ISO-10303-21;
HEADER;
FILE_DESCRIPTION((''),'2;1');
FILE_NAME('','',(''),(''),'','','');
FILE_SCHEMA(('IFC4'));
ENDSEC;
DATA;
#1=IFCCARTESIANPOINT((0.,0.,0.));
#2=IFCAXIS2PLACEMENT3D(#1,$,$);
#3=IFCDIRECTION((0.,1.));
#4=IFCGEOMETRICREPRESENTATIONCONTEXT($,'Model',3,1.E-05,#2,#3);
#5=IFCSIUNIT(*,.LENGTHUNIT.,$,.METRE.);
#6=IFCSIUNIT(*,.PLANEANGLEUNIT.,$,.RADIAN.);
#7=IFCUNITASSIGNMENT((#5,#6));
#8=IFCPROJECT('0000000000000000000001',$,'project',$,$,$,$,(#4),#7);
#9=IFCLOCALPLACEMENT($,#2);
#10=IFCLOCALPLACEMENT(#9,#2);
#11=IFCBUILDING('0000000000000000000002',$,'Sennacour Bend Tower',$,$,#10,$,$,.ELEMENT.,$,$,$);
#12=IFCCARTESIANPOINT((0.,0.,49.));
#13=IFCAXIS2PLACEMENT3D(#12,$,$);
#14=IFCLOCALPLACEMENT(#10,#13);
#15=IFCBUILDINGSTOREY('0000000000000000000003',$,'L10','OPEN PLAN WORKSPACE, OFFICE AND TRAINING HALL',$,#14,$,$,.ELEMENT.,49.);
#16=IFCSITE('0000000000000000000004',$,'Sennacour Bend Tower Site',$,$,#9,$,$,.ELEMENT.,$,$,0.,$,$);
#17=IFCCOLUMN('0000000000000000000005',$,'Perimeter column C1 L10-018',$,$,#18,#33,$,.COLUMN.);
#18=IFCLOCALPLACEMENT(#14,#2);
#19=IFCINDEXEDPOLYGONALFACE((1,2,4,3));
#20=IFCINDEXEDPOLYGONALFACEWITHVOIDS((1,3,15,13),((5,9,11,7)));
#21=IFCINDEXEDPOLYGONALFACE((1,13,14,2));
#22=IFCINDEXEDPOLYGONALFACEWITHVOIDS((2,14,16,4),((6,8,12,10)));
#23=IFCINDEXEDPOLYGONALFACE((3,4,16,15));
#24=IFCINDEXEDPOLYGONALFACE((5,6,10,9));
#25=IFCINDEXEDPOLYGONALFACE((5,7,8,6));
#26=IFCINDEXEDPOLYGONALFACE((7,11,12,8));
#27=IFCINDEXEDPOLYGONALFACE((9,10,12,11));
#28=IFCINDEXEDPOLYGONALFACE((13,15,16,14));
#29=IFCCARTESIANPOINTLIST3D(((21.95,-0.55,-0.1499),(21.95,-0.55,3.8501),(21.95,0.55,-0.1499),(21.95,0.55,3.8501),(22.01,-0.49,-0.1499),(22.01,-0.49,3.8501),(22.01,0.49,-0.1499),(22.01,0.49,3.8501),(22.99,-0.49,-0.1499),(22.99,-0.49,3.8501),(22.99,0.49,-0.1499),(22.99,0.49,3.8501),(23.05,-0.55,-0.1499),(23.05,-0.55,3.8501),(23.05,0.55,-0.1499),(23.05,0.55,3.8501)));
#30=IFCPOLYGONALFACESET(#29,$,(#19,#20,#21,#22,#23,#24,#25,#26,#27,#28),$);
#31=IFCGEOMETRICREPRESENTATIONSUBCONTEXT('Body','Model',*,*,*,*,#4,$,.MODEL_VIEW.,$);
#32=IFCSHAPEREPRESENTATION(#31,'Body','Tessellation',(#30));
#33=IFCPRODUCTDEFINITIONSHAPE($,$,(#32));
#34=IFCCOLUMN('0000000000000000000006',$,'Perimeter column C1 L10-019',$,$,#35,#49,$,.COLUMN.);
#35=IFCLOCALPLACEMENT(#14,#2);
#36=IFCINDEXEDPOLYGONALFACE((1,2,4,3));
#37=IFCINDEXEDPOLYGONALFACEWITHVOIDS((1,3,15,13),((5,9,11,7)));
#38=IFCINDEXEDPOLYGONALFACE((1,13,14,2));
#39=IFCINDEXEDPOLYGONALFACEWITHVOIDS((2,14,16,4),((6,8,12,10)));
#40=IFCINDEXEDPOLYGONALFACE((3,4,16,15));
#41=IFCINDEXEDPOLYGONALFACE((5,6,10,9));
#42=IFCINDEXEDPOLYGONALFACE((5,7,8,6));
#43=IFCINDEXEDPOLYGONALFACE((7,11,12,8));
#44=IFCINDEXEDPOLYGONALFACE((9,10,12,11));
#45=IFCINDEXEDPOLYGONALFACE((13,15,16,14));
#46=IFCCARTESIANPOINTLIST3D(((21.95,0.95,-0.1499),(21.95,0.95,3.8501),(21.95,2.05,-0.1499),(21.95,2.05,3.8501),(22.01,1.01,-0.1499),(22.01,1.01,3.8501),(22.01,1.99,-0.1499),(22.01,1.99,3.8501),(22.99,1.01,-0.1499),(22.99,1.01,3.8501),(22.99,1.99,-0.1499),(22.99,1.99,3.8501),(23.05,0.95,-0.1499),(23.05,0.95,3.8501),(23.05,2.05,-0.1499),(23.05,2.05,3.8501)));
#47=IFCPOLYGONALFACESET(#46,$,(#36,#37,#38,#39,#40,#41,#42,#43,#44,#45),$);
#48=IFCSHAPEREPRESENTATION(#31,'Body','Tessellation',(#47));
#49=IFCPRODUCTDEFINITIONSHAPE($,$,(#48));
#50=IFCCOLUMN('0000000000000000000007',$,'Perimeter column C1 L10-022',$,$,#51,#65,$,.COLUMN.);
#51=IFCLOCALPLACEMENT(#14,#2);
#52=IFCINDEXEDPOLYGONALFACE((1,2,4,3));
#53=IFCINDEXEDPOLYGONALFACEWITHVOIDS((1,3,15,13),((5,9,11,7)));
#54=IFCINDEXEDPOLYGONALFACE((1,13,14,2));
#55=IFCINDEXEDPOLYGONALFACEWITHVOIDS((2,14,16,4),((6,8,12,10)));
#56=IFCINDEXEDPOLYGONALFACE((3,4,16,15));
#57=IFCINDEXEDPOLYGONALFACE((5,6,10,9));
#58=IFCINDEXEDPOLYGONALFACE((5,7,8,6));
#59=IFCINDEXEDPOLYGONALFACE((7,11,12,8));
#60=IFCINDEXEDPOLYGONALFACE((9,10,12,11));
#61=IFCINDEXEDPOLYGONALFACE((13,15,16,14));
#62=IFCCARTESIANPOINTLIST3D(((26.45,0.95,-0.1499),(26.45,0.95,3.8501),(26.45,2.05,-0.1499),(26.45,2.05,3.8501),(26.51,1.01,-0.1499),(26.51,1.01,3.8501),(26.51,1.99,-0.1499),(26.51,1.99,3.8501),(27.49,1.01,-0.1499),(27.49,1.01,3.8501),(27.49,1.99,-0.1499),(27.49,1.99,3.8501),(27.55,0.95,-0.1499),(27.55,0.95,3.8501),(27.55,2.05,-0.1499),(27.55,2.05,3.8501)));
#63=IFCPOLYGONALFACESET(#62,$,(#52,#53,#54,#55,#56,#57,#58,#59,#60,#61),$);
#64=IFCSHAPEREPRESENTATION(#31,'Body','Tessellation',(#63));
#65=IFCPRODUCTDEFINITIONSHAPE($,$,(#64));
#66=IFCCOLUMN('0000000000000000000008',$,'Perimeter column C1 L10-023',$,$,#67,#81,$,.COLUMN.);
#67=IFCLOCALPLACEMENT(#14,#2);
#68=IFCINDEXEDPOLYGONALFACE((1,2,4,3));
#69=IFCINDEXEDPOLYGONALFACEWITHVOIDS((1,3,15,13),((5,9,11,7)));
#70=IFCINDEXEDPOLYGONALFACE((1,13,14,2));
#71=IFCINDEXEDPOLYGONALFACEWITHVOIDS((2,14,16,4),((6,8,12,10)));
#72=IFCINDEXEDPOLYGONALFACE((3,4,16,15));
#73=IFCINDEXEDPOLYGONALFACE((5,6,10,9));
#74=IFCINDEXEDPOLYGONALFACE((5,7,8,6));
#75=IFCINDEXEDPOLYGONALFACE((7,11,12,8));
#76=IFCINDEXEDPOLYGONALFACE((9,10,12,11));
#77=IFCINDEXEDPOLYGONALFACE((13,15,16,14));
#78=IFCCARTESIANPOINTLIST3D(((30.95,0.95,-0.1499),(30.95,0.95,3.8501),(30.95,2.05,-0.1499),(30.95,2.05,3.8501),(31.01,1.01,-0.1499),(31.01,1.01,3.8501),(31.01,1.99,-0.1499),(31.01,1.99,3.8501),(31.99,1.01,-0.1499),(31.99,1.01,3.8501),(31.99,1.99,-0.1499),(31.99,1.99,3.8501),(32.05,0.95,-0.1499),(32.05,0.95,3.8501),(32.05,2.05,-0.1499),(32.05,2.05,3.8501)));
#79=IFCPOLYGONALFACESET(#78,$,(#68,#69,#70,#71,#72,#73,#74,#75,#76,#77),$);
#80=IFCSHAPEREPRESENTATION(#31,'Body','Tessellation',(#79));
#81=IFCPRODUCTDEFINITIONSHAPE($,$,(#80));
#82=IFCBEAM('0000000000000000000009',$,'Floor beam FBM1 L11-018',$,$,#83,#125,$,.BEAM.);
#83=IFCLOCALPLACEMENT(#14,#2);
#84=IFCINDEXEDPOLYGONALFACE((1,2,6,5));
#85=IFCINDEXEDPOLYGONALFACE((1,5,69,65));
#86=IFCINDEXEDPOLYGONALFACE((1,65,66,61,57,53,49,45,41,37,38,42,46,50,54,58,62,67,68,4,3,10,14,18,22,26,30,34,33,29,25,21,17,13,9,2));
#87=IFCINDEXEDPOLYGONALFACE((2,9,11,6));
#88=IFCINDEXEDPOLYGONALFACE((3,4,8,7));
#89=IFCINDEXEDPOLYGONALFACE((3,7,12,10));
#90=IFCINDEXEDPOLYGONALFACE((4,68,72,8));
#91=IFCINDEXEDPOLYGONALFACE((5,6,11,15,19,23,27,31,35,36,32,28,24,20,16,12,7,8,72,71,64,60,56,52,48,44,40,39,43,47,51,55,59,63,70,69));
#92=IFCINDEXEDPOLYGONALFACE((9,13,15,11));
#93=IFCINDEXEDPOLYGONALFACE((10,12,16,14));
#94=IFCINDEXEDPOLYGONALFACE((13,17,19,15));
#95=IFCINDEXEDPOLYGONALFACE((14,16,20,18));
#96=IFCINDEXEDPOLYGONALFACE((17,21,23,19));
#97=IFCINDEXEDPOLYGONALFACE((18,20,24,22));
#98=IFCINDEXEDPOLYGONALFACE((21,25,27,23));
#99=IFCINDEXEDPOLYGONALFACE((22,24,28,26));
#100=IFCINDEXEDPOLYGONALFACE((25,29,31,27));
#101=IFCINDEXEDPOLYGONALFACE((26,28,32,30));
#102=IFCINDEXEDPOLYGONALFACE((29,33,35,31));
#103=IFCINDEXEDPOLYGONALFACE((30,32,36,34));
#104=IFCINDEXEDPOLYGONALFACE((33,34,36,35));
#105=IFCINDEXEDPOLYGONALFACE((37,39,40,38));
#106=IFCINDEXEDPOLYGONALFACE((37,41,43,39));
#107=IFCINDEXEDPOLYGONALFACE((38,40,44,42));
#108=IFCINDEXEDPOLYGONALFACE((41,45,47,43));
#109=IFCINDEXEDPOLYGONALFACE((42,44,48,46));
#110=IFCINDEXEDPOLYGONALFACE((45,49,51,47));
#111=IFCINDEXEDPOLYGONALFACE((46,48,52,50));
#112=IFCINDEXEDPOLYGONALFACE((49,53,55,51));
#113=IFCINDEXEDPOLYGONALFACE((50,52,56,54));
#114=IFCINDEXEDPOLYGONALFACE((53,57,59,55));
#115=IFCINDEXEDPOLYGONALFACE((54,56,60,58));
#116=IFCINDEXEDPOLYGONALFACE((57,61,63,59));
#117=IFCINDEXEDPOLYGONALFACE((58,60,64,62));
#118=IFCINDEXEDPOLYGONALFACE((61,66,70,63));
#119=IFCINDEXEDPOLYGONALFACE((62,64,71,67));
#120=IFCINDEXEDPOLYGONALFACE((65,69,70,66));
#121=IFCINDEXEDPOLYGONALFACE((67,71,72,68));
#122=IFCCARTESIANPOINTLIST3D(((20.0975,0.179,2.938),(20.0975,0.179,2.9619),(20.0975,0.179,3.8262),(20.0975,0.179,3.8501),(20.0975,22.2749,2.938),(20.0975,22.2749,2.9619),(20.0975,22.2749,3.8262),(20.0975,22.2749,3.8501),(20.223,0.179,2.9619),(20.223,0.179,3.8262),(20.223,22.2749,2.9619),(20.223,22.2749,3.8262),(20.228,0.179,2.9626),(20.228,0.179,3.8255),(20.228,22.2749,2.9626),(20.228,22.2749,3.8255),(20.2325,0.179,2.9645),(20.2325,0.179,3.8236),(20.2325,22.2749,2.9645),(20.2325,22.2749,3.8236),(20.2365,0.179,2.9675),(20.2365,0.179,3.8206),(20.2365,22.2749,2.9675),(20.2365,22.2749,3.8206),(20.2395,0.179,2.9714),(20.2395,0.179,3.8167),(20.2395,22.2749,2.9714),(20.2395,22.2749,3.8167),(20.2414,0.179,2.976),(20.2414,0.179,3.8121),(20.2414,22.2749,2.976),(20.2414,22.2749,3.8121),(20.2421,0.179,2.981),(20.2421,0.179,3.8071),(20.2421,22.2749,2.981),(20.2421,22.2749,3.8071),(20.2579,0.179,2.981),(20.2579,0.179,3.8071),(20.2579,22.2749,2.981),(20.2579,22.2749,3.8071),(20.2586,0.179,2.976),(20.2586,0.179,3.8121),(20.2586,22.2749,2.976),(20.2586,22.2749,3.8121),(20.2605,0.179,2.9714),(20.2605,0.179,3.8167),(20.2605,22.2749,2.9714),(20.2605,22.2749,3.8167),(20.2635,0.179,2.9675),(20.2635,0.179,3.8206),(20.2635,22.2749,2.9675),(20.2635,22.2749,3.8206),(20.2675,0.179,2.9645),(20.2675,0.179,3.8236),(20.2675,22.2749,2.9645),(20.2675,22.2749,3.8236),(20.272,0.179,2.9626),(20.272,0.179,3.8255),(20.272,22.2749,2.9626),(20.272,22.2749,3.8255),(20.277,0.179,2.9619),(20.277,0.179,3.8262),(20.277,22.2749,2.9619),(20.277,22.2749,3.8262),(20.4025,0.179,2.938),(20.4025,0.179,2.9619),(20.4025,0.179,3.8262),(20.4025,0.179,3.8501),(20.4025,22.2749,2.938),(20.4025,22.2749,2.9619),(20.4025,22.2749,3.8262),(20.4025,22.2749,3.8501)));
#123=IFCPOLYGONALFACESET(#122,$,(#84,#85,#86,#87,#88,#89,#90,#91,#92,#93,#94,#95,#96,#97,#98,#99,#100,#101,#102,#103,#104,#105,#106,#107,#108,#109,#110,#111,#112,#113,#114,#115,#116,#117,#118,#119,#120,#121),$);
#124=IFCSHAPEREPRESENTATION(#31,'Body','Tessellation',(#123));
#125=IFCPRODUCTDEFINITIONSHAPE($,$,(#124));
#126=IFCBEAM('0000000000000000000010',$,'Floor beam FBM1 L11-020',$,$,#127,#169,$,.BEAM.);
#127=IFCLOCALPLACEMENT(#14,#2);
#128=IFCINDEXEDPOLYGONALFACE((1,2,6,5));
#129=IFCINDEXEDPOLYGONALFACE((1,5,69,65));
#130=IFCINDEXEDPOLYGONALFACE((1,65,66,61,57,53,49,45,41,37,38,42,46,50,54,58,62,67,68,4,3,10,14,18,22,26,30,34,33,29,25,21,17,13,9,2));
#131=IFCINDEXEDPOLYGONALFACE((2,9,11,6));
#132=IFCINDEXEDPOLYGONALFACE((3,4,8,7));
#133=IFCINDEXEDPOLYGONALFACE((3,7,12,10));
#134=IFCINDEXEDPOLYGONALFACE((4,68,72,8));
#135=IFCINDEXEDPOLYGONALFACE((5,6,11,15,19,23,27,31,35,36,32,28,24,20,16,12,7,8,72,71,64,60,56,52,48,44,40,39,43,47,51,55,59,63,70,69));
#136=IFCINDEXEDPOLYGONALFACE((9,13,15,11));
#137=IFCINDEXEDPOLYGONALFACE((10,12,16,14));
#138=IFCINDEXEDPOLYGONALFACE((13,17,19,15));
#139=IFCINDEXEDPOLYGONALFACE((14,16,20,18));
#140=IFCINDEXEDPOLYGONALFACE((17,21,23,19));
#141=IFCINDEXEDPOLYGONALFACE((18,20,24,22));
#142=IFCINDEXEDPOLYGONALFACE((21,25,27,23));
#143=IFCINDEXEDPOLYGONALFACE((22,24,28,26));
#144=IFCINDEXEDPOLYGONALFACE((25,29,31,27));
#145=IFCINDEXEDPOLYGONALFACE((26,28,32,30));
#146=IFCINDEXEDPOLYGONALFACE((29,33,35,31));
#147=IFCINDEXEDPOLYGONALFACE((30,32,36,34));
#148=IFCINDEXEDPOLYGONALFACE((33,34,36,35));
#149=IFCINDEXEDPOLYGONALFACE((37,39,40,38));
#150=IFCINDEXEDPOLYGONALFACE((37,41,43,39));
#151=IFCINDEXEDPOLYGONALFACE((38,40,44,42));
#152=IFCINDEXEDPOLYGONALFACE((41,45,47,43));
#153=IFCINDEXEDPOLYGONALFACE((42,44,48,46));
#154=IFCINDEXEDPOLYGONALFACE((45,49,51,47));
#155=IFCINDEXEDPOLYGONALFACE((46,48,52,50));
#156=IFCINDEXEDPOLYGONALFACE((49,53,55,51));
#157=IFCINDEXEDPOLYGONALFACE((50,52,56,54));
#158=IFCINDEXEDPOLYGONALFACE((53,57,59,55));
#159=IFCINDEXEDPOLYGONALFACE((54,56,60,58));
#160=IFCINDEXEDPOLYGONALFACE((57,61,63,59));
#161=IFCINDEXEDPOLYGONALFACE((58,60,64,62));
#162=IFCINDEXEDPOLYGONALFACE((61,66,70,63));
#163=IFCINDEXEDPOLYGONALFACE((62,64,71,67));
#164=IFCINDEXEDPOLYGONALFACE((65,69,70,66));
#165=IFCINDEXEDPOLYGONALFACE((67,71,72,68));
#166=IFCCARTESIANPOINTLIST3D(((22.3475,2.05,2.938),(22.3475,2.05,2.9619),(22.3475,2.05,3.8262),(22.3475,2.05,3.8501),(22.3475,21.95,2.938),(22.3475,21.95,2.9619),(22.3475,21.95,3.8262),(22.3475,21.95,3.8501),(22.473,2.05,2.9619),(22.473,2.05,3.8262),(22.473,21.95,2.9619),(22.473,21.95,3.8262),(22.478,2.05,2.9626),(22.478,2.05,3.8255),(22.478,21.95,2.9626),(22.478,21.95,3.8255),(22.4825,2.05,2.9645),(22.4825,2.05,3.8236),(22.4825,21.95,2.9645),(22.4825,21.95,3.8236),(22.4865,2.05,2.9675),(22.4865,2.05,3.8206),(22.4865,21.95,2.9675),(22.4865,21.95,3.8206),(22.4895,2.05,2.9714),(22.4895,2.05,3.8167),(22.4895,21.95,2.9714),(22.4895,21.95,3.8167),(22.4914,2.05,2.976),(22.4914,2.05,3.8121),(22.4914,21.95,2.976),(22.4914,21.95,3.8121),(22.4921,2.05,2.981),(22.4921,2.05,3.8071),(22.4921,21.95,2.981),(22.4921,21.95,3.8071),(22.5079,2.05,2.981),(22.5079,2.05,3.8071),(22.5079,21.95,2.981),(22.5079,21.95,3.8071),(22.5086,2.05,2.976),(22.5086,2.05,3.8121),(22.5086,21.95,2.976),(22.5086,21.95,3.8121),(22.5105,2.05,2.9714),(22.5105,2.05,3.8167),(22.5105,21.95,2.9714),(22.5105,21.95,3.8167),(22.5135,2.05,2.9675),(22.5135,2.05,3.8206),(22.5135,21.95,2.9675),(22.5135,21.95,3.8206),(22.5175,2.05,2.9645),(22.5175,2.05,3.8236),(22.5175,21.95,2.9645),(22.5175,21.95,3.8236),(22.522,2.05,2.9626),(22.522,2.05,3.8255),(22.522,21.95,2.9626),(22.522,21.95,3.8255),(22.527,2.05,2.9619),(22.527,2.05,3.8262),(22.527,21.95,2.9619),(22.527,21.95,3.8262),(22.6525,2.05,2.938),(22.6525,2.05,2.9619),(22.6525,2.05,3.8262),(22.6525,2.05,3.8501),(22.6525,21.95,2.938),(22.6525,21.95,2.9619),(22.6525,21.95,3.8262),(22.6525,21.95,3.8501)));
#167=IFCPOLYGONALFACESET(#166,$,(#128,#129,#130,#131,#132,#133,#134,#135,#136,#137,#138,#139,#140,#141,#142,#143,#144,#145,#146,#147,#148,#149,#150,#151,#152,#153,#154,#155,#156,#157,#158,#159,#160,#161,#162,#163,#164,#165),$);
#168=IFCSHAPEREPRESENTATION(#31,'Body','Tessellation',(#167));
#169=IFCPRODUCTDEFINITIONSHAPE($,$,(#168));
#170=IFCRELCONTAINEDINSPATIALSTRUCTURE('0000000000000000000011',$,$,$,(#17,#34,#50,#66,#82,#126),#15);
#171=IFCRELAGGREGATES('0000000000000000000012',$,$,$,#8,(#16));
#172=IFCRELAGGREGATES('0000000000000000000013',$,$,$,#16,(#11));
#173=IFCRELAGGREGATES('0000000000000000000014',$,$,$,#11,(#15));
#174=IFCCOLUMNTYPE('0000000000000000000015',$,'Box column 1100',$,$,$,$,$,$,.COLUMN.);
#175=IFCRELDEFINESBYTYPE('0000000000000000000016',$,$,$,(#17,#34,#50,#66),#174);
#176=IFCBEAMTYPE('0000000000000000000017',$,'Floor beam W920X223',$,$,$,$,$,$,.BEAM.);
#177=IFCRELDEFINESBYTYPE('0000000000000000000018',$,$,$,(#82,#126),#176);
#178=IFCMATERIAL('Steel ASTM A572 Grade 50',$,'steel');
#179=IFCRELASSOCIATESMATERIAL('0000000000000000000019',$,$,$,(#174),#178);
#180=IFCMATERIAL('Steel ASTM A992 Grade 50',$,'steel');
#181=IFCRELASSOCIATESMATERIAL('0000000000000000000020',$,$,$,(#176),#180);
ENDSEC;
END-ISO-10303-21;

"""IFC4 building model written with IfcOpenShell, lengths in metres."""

from ifc_helpers import new_model, si_unit, direction, frame, origin, origin_2d, place, context, subcontext, project, spatial, hollow_rectangle, i_section, extrude, material, material_profile, profile_set, type_object, element, save


model = new_model("IFC4")

# Units and contexts
model_context = context("Model", 3, precision=1e-05, world=origin(), true_north=direction((0.0, 1.0)))
body_context = subcontext(model_context, "Body", "Model", "MODEL_VIEW")
ifc_project = project(units=[si_unit("LENGTHUNIT", "METRE"), si_unit("PLANEANGLEUNIT", "RADIAN")], contexts=[model_context])

# Site, building, storey
site_placement = place(None, origin())
site = spatial("IfcSite", under=ifc_project, at=site_placement, Name="Sennacour Bend Tower Site", CompositionType="ELEMENT", RefElevation=0.0)
building_placement = place(site_placement, origin())
building = spatial("IfcBuilding", under=site, at=building_placement, Name="Sennacour Bend Tower", CompositionType="ELEMENT")
storey_placement = place(building_placement, frame((0.0, 0.0, 49.0)))
storey = spatial("IfcBuildingStorey", under=building, at=storey_placement, Name="L10", Description="OPEN PLAN WORKSPACE, OFFICE AND TRAINING HALL", CompositionType="ELEMENT", Elevation=49.0)

# Columns
ifc_material_1 = material(Name="Steel ASTM A572 Grade 50", Category="steel")
ifc_material_profile_1 = material_profile(ifc_material_1, hollow_rectangle(XDim=1.1001, YDim=1.1001, WallThickness=0.0601, at=origin_2d()), Name="Steel ASTM A572 Grade 50", Category="steel")
ifc_profile_set_1 = profile_set([ifc_material_profile_1], Name="Steel ASTM A572 Grade 50")
column_type = type_object("IfcColumnType", Name="Box column 1100", PredefinedType="COLUMN", material=ifc_profile_set_1)
for number, where, z_axis, x_axis, name in (
    (1, (22.5, 0.0, -0.1499), (0.0, 0.0, 1.0), (1.0, 0.0, 0.0), "Perimeter column C1 L10-018"),
    (2, (22.5, 1.5, -0.1499), (0.0, 0.0, 1.0), (1.0, 0.0, 0.0), "Perimeter column C1 L10-019"),
    (3, (27.0, 1.5, -0.1499), (0.0, 0.0, 1.0), (1.0, 0.0, 0.0), "Perimeter column C1 L10-022"),
    (4, (31.5, 1.5, -0.1499), (0.0, 0.0, 1.0), (1.0, 0.0, 0.0), "Perimeter column C1 L10-023"),
):
    element("IfcColumn", number, at=place(storey_placement, frame(where, z_axis=z_axis, x_axis=x_axis)), inside=storey, type_object=column_type, Name=name, PredefinedType="COLUMN", context=body_context, shape_type="SweptSolid", body=[
        extrude(hollow_rectangle(XDim=1.1001, YDim=1.1001, WallThickness=0.0601, at=origin_2d()), origin(), (0.0, 0.0, 1.0), 4.0),
    ])

# Beams
ifc_material_2 = material(Name="Steel ASTM A992 Grade 50", Category="steel")
ifc_material_profile_2 = material_profile(ifc_material_2, i_section(OverallWidth=0.3049, OverallDepth=0.9121, WebThickness=0.0159, FlangeThickness=0.0239, FilletRadius=0.019, at=origin_2d()), Name="Steel ASTM A992 Grade 50", Category="steel")
ifc_profile_set_2 = profile_set([ifc_material_profile_2], Name="Steel ASTM A992 Grade 50")
beam_type_1 = type_object("IfcBeamType", Name="Floor beam W920X223", PredefinedType="BEAM", material=ifc_profile_set_2)
beam_1_placement = place(storey_placement, frame((20.25, 0.179, 3.394), z_axis=(0.0, 1.0, 0.0), x_axis=(-1.0, 0.0, 0.0)))
element("IfcBeam", 5, at=beam_1_placement, inside=storey, type_object=beam_type_1, Name="Floor beam FBM1 L11-018", PredefinedType="BEAM", context=body_context, shape_type="SweptSolid", body=[
    extrude(i_section(OverallWidth=0.3049, OverallDepth=0.9121, WebThickness=0.0159, FlangeThickness=0.0239, FilletRadius=0.019, at=origin_2d()), origin(), (0.0, 0.0, 1.0), 22.0959),
])
beam_2_placement = place(storey_placement, frame((22.5, 2.05, 3.394), z_axis=(0.0, 1.0, 0.0), x_axis=(-1.0, 0.0, 0.0)))
element("IfcBeam", 6, at=beam_2_placement, inside=storey, type_object=beam_type_1, Name="Floor beam FBM1 L11-020", PredefinedType="BEAM", context=body_context, shape_type="SweptSolid", body=[
    extrude(i_section(OverallWidth=0.3049, OverallDepth=0.9121, WebThickness=0.0159, FlangeThickness=0.0239, FilletRadius=0.019, at=origin_2d()), origin(), (0.0, 0.0, 1.0), 19.8999),
])

save(model, "model.ifc")
